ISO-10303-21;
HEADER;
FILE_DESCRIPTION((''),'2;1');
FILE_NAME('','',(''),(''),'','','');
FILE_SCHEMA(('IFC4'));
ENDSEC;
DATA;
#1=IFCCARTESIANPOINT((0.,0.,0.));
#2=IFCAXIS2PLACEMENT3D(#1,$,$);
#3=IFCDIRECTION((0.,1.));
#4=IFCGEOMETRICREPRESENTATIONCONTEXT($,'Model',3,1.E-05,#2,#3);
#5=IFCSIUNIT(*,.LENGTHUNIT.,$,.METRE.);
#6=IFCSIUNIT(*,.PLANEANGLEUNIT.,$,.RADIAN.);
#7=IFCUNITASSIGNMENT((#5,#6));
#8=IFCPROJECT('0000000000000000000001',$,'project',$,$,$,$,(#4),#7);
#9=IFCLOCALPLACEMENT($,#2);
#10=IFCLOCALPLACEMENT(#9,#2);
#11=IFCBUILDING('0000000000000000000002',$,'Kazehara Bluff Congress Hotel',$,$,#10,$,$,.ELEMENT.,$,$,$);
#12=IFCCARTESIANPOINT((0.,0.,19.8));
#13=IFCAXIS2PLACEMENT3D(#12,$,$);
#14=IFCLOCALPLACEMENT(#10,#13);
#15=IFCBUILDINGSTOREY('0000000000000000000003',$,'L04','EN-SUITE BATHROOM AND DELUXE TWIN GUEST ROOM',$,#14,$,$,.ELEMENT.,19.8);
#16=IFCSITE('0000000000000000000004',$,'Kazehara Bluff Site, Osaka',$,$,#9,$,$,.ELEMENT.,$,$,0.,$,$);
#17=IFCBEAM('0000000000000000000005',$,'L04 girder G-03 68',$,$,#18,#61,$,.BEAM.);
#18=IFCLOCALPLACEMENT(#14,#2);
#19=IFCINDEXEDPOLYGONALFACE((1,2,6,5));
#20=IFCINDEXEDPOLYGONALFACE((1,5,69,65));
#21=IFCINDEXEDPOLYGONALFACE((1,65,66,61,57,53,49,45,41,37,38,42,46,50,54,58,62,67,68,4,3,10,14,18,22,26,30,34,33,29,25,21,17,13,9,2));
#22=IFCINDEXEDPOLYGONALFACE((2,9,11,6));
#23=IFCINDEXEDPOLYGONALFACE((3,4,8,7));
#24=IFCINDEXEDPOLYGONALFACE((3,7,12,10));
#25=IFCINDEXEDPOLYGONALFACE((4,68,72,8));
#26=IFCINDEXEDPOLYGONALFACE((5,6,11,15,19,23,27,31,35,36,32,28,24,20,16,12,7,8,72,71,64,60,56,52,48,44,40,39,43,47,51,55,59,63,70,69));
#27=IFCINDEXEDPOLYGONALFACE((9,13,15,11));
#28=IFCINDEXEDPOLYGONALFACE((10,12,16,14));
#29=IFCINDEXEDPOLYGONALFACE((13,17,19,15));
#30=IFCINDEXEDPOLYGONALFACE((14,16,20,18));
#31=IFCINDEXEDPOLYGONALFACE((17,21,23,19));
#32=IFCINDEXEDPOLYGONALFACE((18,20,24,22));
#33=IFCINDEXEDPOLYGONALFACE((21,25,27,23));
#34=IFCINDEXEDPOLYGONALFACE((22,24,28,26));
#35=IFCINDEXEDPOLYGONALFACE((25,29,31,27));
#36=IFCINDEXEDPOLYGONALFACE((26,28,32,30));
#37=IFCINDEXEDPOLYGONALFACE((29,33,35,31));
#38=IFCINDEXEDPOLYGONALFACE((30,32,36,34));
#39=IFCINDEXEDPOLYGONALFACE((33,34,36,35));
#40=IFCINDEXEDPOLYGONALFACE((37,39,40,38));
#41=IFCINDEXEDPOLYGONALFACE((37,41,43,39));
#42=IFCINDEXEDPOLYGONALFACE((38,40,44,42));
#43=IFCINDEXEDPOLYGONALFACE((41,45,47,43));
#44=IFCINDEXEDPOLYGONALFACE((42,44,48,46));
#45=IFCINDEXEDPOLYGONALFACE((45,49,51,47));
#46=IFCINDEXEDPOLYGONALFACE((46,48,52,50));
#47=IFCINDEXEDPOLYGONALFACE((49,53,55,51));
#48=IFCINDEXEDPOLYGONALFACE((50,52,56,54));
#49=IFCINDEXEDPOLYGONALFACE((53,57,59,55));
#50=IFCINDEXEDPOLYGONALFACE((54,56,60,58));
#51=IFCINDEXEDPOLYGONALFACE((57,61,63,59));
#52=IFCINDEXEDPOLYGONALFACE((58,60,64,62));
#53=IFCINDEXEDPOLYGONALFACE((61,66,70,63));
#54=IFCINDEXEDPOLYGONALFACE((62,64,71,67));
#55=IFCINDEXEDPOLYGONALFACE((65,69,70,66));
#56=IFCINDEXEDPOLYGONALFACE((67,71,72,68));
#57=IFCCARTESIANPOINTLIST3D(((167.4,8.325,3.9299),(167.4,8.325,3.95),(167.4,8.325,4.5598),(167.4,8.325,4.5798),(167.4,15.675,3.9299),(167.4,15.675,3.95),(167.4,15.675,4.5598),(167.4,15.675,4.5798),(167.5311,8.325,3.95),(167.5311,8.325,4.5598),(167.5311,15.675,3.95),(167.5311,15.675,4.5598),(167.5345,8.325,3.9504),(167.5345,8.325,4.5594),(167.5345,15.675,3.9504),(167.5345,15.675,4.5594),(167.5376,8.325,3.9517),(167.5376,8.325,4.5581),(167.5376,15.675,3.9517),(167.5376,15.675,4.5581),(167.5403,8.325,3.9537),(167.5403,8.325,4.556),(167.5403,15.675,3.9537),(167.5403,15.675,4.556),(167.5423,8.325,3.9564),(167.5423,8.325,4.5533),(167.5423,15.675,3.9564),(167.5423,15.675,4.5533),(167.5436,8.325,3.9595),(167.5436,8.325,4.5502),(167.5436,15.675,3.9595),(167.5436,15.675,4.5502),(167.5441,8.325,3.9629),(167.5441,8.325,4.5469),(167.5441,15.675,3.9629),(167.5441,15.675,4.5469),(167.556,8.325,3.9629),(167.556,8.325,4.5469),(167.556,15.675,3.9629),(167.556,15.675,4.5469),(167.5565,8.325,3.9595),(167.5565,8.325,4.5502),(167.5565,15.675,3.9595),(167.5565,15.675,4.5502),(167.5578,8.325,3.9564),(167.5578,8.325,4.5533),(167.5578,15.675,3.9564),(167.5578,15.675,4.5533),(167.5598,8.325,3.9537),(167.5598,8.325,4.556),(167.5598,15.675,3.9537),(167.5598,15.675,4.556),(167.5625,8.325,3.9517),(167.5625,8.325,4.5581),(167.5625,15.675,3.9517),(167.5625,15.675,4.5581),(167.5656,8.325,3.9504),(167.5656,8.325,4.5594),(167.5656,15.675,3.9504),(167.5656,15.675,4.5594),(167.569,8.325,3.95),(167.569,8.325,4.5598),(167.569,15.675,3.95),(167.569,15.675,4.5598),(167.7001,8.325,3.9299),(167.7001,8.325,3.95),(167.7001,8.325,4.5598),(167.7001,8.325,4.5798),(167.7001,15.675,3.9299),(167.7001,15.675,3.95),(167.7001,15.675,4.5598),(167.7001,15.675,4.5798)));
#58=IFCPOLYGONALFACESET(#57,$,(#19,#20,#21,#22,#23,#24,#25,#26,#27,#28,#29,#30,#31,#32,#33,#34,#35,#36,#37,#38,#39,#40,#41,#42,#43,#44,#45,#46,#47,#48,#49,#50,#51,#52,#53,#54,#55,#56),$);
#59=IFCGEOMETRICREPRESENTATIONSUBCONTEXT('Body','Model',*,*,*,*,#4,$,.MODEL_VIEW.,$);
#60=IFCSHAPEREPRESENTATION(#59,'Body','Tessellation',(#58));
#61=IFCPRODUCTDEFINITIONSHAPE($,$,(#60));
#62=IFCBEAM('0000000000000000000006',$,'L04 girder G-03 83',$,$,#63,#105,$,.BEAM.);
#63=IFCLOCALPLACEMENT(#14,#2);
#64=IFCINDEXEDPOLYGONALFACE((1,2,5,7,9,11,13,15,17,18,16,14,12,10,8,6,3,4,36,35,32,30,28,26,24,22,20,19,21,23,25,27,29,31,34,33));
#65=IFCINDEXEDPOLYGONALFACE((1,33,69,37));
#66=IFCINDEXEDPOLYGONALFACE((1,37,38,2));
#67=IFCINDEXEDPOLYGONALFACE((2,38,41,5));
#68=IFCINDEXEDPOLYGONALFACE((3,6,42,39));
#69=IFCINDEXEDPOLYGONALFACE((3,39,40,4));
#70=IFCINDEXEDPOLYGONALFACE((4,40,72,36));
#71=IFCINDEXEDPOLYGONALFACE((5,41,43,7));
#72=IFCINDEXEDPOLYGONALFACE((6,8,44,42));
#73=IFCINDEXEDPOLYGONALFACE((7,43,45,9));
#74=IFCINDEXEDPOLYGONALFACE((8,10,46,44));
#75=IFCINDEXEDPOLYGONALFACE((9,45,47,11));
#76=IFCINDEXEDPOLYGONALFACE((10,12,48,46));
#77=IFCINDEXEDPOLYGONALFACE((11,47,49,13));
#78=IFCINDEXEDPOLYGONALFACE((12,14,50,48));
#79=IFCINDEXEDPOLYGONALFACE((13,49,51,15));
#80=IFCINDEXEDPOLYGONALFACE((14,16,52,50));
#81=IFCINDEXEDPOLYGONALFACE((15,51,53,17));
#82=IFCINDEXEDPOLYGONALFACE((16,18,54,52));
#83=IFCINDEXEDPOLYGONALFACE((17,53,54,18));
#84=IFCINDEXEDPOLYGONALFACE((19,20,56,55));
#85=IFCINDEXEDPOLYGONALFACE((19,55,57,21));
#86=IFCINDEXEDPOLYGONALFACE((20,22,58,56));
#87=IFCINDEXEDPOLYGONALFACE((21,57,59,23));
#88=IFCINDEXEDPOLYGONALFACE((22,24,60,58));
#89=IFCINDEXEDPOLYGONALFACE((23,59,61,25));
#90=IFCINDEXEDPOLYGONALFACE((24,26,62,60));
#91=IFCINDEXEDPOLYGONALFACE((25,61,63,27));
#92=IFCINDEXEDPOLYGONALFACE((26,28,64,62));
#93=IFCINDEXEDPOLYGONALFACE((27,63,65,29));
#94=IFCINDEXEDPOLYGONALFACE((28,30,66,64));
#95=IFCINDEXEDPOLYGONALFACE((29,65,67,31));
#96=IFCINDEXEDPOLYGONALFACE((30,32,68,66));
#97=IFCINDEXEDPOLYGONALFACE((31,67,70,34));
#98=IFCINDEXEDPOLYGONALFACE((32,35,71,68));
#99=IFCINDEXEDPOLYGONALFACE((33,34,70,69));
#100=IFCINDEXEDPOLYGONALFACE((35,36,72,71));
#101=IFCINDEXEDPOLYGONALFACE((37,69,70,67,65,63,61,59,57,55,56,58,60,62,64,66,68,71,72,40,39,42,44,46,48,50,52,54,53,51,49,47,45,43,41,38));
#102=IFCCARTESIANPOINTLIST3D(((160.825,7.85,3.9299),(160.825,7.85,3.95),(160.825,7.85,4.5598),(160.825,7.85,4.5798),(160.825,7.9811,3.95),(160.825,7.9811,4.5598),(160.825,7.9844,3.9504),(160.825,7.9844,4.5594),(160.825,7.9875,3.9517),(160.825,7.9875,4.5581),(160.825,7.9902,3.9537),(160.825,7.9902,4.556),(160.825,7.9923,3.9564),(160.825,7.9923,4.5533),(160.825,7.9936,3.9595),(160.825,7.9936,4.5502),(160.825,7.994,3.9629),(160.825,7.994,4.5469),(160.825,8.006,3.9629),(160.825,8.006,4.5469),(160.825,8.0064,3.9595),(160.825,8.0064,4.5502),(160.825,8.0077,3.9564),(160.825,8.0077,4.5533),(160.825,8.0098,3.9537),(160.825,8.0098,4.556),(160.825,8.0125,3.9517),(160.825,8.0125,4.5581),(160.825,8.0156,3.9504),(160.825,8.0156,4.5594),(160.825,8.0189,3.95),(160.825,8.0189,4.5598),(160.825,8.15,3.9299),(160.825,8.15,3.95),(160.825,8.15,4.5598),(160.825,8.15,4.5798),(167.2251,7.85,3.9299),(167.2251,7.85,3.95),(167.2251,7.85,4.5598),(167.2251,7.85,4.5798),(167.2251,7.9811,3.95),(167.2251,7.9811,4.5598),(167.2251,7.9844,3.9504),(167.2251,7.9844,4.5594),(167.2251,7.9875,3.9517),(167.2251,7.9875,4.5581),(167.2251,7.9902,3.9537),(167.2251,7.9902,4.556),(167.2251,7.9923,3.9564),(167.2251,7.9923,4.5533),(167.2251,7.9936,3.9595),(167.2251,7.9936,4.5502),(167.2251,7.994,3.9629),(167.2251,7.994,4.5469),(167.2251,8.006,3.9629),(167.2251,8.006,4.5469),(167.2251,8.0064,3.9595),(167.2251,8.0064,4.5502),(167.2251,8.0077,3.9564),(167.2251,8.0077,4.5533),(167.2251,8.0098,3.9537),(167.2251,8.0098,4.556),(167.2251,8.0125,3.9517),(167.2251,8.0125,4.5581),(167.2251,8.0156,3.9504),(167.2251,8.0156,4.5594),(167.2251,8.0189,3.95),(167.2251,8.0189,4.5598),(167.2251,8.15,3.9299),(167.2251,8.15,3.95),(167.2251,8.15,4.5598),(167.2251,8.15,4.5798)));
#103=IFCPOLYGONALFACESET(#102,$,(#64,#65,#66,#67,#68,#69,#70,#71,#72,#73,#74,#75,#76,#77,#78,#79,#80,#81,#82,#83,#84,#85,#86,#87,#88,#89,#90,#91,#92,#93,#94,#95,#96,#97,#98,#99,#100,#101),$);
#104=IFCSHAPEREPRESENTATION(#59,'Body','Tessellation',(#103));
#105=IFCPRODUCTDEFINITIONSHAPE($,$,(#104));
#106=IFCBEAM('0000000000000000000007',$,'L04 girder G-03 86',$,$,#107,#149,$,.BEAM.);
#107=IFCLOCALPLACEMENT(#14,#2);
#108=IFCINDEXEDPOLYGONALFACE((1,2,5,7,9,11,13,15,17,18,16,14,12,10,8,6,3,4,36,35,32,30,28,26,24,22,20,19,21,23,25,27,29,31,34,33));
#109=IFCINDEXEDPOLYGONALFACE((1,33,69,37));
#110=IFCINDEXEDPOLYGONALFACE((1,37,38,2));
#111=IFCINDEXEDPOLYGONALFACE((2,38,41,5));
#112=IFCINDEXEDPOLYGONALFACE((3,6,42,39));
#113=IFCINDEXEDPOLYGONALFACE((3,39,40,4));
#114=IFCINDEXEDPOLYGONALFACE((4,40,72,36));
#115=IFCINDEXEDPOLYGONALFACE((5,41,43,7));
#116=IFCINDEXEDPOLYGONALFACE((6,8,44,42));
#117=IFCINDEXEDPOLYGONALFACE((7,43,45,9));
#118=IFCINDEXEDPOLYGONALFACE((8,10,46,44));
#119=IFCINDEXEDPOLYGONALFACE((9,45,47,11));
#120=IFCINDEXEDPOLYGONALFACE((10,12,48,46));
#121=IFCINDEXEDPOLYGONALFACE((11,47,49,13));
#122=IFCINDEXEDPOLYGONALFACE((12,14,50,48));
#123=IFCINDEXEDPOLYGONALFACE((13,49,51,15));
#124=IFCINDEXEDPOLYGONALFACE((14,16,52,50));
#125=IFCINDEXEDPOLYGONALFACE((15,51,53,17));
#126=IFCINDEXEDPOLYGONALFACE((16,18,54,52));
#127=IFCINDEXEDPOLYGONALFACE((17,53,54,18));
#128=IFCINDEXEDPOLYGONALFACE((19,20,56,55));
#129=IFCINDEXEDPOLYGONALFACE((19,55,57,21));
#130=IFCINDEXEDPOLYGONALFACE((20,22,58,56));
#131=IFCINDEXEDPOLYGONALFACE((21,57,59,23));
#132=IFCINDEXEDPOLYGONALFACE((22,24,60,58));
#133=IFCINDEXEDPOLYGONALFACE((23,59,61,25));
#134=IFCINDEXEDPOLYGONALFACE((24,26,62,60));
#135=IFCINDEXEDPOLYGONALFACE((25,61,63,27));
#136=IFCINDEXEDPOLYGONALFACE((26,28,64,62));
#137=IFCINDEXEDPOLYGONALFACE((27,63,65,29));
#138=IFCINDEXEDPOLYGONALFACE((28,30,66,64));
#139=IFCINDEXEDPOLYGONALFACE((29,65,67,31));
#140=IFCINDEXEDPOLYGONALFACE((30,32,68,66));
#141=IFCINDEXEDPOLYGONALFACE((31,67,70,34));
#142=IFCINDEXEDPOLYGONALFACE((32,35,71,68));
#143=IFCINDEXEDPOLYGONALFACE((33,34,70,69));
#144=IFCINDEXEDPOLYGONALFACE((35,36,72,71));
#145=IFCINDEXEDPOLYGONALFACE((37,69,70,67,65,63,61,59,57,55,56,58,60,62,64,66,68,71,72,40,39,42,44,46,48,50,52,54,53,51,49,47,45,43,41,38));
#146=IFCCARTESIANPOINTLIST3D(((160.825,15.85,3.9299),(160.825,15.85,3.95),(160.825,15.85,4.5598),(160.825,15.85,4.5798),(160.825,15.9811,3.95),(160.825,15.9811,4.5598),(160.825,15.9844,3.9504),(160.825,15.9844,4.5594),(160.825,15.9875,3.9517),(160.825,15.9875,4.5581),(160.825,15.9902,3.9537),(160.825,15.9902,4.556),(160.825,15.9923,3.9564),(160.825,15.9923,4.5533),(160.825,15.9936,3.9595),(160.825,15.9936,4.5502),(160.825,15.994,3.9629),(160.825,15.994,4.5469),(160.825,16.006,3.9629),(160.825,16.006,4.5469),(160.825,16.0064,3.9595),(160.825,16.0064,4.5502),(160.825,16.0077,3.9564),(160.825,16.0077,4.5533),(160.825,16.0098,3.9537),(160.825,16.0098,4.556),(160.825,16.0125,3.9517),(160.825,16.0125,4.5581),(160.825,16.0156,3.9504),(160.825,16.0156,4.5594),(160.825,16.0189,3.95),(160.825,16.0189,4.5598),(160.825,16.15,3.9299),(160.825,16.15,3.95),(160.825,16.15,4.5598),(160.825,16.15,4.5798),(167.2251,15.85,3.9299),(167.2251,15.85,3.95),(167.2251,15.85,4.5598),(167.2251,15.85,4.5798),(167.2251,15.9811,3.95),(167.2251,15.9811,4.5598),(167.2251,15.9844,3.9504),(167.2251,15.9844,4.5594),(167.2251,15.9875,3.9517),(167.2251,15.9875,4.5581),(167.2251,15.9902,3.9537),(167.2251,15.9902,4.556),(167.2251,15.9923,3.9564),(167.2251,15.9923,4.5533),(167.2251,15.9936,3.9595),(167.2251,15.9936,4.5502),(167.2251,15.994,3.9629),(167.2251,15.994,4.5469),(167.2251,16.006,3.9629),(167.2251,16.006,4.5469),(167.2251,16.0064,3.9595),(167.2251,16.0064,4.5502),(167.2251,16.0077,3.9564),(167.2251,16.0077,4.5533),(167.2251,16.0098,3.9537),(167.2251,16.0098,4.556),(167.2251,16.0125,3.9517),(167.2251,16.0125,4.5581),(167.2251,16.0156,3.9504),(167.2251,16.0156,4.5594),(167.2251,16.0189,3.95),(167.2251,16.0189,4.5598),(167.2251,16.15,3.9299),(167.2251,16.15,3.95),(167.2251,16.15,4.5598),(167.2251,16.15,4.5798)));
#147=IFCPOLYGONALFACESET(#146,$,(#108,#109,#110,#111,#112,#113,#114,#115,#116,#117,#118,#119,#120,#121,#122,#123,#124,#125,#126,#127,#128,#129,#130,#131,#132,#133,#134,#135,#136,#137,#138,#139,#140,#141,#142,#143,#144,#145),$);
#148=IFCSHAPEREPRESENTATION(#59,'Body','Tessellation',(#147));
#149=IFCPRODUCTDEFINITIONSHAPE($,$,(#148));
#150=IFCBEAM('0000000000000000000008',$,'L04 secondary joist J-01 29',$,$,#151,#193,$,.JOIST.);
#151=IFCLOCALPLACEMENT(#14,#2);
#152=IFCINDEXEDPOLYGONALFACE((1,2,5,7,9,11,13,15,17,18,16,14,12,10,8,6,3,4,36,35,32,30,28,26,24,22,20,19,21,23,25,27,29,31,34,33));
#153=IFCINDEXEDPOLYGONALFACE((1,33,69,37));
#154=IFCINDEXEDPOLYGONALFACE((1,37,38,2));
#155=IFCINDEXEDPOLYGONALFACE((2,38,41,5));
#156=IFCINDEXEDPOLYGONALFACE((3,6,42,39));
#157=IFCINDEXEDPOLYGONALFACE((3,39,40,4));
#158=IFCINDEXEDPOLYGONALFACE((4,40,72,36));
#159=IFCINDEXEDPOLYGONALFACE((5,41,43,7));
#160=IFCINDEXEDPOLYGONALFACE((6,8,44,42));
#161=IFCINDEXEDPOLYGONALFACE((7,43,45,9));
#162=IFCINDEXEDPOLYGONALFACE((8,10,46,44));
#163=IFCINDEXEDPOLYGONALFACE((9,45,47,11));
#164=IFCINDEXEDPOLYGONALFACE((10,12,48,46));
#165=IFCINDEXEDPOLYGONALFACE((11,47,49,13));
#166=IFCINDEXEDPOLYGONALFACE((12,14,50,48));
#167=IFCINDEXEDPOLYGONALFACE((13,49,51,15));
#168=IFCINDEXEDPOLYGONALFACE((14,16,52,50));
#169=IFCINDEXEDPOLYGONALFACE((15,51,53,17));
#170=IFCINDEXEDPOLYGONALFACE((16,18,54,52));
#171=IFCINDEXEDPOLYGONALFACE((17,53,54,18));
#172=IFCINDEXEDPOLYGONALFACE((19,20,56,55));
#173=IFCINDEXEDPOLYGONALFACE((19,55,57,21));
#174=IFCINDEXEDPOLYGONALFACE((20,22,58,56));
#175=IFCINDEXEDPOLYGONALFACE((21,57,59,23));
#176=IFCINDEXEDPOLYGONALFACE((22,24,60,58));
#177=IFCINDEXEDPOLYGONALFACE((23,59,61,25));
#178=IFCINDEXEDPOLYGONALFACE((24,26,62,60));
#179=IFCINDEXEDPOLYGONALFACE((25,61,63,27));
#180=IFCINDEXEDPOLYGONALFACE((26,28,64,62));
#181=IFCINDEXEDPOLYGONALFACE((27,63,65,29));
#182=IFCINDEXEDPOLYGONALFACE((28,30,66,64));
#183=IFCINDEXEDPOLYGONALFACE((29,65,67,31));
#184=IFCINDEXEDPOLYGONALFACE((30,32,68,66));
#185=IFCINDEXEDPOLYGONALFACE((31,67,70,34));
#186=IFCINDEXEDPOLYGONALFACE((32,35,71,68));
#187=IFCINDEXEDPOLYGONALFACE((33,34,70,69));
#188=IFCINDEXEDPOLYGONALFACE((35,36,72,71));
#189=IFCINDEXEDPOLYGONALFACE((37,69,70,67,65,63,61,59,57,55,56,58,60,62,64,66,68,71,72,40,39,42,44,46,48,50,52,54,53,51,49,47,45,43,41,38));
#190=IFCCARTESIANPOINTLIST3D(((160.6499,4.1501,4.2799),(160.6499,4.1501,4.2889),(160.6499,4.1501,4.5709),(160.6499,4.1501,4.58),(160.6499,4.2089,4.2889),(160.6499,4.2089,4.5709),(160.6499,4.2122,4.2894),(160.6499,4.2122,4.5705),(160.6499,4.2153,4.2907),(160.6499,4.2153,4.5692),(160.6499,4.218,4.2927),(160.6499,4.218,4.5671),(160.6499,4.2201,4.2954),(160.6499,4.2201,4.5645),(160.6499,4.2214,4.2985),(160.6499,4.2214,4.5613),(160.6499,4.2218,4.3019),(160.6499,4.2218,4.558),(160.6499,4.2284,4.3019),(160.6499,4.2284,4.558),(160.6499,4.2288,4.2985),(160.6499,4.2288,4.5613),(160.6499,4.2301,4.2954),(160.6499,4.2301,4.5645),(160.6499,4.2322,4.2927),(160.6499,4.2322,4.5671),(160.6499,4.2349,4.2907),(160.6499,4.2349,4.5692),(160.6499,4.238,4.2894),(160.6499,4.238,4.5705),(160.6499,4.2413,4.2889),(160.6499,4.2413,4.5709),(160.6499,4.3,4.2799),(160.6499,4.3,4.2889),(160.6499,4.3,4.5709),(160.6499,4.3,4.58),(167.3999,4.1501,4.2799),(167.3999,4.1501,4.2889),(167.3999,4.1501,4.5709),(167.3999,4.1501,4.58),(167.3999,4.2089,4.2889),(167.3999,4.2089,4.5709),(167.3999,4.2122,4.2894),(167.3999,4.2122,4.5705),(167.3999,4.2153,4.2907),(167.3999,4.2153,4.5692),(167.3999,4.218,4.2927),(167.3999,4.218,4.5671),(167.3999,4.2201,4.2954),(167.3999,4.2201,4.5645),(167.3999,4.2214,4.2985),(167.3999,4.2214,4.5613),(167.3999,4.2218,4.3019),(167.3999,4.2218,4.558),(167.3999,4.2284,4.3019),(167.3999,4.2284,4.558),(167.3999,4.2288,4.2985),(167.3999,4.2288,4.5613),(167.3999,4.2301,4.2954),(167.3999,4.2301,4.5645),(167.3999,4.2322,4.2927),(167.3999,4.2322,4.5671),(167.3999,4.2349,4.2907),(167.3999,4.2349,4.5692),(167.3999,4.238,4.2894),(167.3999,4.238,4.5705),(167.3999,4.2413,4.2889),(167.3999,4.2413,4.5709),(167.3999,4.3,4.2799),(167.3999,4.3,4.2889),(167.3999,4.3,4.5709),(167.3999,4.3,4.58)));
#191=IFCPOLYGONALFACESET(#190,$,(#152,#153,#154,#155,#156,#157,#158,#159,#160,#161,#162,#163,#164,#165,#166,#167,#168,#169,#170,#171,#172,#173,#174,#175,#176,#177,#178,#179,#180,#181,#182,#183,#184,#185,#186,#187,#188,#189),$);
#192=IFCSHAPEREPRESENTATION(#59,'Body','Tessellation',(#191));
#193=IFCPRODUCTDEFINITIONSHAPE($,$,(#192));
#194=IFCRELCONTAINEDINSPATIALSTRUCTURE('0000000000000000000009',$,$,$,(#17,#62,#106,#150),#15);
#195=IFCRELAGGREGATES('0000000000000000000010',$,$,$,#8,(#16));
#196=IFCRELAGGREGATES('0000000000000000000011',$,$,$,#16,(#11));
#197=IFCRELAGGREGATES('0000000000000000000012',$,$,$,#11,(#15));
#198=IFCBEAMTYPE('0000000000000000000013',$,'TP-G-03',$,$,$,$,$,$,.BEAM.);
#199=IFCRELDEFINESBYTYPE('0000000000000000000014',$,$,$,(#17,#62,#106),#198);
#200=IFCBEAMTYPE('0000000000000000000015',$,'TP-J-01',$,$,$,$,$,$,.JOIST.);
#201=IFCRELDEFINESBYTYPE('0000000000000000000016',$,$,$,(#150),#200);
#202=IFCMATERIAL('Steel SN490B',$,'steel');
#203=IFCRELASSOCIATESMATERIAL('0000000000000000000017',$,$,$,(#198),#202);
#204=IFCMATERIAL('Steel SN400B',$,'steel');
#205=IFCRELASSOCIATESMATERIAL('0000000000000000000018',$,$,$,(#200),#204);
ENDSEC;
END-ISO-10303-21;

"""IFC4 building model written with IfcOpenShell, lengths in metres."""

from ifc_helpers import new_model, si_unit, direction, frame, origin, origin_2d, place, context, subcontext, project, spatial, i_section, extrude, material, material_profile, profile_set, type_object, element, save


model = new_model("IFC4")

# Units and contexts
model_context = context("Model", 3, precision=1e-05, world=origin(), true_north=direction((0.0, 1.0)))
body_context = subcontext(model_context, "Body", "Model", "MODEL_VIEW")
ifc_project = project(units=[si_unit("LENGTHUNIT", "METRE"), si_unit("PLANEANGLEUNIT", "RADIAN")], contexts=[model_context])

# Site, building, storey
site_placement = place(None, origin())
site = spatial("IfcSite", under=ifc_project, at=site_placement, Name="Kazehara Bluff Site, Osaka", CompositionType="ELEMENT", RefElevation=0.0)
building_placement = place(site_placement, origin())
building = spatial("IfcBuilding", under=site, at=building_placement, Name="Kazehara Bluff Congress Hotel", CompositionType="ELEMENT")
storey_placement = place(building_placement, frame((0.0, 0.0, 19.8)))
storey = spatial("IfcBuildingStorey", under=building, at=storey_placement, Name="L04", Description="EN-SUITE BATHROOM AND DELUXE TWIN GUEST ROOM", CompositionType="ELEMENT", Elevation=19.8)

# Beams
ifc_material_1 = material(Name="Steel SN490B", Category="steel")
ifc_material_profile_1 = material_profile(ifc_material_1, i_section(OverallWidth=0.3, OverallDepth=0.6499, WebThickness=0.012, FlangeThickness=0.02, FilletRadius=0.0129, at=origin_2d()))
ifc_profile_set_1 = profile_set([ifc_material_profile_1], Name="Steel SN490B")
beam_type_1 = type_object("IfcBeamType", Name="TP-G-03", PredefinedType="BEAM", material=ifc_profile_set_1)
for number, where, z_axis, x_axis, name in (
    (1, (167.55, 8.325, 4.2549), (0.0, 1.0, 0.0), (-1.0, 0.0, 0.0), "L04 girder G-03 68"),
):
    element("IfcBeam", number, at=place(storey_placement, frame(where, z_axis=z_axis, x_axis=x_axis)), inside=storey, type_object=beam_type_1, Name=name, PredefinedType="BEAM", context=body_context, shape_type="SweptSolid", body=[
        extrude(i_section(OverallWidth=0.3, OverallDepth=0.6499, WebThickness=0.012, FlangeThickness=0.02, FilletRadius=0.0129, at=origin_2d()), origin(), (0.0, 0.0, 1.0), 7.3501),
    ])
for number, where, z_axis, x_axis, name in (
    (2, (160.825, 8.0, 4.2549), (1.0, 0.0, 0.0), (0.0, 1.0, 0.0), "L04 girder G-03 83"),
    (3, (160.825, 16.0, 4.2549), (1.0, 0.0, 0.0), (0.0, 1.0, 0.0), "L04 girder G-03 86"),
):
    element("IfcBeam", number, at=place(storey_placement, frame(where, z_axis=z_axis, x_axis=x_axis)), inside=storey, type_object=beam_type_1, Name=name, PredefinedType="BEAM", context=body_context, shape_type="SweptSolid", body=[
        extrude(i_section(OverallWidth=0.3, OverallDepth=0.6499, WebThickness=0.012, FlangeThickness=0.02, FilletRadius=0.0129, at=origin_2d()), origin(), (0.0, 0.0, 1.0), 6.4001),
    ])
ifc_material_2 = material(Name="Steel SN400B", Category="steel")
ifc_material_profile_2 = material_profile(ifc_material_2, i_section(OverallWidth=0.1499, OverallDepth=0.3, WebThickness=0.0066, FlangeThickness=0.009, FilletRadius=0.0129, at=origin_2d()))
ifc_profile_set_2 = profile_set([ifc_material_profile_2], Name="Steel SN400B")
beam_type_2 = type_object("IfcBeamType", Name="TP-J-01", PredefinedType="JOIST", material=ifc_profile_set_2)
for number, where, z_axis, x_axis, name in (
    (4, (160.6499, 4.2251, 4.4299), (1.0, 0.0, 0.0), (0.0, 1.0, 0.0), "L04 secondary joist J-01 29"),
):
    element("IfcBeam", number, at=place(storey_placement, frame(where, z_axis=z_axis, x_axis=x_axis)), inside=storey, type_object=beam_type_2, Name=name, PredefinedType="JOIST", context=body_context, shape_type="SweptSolid", body=[
        extrude(i_section(OverallWidth=0.1499, OverallDepth=0.3, WebThickness=0.0066, FlangeThickness=0.009, FilletRadius=0.0129, at=origin_2d()), origin(), (0.0, 0.0, 1.0), 6.75),
    ])

save(model, "model.ifc")
